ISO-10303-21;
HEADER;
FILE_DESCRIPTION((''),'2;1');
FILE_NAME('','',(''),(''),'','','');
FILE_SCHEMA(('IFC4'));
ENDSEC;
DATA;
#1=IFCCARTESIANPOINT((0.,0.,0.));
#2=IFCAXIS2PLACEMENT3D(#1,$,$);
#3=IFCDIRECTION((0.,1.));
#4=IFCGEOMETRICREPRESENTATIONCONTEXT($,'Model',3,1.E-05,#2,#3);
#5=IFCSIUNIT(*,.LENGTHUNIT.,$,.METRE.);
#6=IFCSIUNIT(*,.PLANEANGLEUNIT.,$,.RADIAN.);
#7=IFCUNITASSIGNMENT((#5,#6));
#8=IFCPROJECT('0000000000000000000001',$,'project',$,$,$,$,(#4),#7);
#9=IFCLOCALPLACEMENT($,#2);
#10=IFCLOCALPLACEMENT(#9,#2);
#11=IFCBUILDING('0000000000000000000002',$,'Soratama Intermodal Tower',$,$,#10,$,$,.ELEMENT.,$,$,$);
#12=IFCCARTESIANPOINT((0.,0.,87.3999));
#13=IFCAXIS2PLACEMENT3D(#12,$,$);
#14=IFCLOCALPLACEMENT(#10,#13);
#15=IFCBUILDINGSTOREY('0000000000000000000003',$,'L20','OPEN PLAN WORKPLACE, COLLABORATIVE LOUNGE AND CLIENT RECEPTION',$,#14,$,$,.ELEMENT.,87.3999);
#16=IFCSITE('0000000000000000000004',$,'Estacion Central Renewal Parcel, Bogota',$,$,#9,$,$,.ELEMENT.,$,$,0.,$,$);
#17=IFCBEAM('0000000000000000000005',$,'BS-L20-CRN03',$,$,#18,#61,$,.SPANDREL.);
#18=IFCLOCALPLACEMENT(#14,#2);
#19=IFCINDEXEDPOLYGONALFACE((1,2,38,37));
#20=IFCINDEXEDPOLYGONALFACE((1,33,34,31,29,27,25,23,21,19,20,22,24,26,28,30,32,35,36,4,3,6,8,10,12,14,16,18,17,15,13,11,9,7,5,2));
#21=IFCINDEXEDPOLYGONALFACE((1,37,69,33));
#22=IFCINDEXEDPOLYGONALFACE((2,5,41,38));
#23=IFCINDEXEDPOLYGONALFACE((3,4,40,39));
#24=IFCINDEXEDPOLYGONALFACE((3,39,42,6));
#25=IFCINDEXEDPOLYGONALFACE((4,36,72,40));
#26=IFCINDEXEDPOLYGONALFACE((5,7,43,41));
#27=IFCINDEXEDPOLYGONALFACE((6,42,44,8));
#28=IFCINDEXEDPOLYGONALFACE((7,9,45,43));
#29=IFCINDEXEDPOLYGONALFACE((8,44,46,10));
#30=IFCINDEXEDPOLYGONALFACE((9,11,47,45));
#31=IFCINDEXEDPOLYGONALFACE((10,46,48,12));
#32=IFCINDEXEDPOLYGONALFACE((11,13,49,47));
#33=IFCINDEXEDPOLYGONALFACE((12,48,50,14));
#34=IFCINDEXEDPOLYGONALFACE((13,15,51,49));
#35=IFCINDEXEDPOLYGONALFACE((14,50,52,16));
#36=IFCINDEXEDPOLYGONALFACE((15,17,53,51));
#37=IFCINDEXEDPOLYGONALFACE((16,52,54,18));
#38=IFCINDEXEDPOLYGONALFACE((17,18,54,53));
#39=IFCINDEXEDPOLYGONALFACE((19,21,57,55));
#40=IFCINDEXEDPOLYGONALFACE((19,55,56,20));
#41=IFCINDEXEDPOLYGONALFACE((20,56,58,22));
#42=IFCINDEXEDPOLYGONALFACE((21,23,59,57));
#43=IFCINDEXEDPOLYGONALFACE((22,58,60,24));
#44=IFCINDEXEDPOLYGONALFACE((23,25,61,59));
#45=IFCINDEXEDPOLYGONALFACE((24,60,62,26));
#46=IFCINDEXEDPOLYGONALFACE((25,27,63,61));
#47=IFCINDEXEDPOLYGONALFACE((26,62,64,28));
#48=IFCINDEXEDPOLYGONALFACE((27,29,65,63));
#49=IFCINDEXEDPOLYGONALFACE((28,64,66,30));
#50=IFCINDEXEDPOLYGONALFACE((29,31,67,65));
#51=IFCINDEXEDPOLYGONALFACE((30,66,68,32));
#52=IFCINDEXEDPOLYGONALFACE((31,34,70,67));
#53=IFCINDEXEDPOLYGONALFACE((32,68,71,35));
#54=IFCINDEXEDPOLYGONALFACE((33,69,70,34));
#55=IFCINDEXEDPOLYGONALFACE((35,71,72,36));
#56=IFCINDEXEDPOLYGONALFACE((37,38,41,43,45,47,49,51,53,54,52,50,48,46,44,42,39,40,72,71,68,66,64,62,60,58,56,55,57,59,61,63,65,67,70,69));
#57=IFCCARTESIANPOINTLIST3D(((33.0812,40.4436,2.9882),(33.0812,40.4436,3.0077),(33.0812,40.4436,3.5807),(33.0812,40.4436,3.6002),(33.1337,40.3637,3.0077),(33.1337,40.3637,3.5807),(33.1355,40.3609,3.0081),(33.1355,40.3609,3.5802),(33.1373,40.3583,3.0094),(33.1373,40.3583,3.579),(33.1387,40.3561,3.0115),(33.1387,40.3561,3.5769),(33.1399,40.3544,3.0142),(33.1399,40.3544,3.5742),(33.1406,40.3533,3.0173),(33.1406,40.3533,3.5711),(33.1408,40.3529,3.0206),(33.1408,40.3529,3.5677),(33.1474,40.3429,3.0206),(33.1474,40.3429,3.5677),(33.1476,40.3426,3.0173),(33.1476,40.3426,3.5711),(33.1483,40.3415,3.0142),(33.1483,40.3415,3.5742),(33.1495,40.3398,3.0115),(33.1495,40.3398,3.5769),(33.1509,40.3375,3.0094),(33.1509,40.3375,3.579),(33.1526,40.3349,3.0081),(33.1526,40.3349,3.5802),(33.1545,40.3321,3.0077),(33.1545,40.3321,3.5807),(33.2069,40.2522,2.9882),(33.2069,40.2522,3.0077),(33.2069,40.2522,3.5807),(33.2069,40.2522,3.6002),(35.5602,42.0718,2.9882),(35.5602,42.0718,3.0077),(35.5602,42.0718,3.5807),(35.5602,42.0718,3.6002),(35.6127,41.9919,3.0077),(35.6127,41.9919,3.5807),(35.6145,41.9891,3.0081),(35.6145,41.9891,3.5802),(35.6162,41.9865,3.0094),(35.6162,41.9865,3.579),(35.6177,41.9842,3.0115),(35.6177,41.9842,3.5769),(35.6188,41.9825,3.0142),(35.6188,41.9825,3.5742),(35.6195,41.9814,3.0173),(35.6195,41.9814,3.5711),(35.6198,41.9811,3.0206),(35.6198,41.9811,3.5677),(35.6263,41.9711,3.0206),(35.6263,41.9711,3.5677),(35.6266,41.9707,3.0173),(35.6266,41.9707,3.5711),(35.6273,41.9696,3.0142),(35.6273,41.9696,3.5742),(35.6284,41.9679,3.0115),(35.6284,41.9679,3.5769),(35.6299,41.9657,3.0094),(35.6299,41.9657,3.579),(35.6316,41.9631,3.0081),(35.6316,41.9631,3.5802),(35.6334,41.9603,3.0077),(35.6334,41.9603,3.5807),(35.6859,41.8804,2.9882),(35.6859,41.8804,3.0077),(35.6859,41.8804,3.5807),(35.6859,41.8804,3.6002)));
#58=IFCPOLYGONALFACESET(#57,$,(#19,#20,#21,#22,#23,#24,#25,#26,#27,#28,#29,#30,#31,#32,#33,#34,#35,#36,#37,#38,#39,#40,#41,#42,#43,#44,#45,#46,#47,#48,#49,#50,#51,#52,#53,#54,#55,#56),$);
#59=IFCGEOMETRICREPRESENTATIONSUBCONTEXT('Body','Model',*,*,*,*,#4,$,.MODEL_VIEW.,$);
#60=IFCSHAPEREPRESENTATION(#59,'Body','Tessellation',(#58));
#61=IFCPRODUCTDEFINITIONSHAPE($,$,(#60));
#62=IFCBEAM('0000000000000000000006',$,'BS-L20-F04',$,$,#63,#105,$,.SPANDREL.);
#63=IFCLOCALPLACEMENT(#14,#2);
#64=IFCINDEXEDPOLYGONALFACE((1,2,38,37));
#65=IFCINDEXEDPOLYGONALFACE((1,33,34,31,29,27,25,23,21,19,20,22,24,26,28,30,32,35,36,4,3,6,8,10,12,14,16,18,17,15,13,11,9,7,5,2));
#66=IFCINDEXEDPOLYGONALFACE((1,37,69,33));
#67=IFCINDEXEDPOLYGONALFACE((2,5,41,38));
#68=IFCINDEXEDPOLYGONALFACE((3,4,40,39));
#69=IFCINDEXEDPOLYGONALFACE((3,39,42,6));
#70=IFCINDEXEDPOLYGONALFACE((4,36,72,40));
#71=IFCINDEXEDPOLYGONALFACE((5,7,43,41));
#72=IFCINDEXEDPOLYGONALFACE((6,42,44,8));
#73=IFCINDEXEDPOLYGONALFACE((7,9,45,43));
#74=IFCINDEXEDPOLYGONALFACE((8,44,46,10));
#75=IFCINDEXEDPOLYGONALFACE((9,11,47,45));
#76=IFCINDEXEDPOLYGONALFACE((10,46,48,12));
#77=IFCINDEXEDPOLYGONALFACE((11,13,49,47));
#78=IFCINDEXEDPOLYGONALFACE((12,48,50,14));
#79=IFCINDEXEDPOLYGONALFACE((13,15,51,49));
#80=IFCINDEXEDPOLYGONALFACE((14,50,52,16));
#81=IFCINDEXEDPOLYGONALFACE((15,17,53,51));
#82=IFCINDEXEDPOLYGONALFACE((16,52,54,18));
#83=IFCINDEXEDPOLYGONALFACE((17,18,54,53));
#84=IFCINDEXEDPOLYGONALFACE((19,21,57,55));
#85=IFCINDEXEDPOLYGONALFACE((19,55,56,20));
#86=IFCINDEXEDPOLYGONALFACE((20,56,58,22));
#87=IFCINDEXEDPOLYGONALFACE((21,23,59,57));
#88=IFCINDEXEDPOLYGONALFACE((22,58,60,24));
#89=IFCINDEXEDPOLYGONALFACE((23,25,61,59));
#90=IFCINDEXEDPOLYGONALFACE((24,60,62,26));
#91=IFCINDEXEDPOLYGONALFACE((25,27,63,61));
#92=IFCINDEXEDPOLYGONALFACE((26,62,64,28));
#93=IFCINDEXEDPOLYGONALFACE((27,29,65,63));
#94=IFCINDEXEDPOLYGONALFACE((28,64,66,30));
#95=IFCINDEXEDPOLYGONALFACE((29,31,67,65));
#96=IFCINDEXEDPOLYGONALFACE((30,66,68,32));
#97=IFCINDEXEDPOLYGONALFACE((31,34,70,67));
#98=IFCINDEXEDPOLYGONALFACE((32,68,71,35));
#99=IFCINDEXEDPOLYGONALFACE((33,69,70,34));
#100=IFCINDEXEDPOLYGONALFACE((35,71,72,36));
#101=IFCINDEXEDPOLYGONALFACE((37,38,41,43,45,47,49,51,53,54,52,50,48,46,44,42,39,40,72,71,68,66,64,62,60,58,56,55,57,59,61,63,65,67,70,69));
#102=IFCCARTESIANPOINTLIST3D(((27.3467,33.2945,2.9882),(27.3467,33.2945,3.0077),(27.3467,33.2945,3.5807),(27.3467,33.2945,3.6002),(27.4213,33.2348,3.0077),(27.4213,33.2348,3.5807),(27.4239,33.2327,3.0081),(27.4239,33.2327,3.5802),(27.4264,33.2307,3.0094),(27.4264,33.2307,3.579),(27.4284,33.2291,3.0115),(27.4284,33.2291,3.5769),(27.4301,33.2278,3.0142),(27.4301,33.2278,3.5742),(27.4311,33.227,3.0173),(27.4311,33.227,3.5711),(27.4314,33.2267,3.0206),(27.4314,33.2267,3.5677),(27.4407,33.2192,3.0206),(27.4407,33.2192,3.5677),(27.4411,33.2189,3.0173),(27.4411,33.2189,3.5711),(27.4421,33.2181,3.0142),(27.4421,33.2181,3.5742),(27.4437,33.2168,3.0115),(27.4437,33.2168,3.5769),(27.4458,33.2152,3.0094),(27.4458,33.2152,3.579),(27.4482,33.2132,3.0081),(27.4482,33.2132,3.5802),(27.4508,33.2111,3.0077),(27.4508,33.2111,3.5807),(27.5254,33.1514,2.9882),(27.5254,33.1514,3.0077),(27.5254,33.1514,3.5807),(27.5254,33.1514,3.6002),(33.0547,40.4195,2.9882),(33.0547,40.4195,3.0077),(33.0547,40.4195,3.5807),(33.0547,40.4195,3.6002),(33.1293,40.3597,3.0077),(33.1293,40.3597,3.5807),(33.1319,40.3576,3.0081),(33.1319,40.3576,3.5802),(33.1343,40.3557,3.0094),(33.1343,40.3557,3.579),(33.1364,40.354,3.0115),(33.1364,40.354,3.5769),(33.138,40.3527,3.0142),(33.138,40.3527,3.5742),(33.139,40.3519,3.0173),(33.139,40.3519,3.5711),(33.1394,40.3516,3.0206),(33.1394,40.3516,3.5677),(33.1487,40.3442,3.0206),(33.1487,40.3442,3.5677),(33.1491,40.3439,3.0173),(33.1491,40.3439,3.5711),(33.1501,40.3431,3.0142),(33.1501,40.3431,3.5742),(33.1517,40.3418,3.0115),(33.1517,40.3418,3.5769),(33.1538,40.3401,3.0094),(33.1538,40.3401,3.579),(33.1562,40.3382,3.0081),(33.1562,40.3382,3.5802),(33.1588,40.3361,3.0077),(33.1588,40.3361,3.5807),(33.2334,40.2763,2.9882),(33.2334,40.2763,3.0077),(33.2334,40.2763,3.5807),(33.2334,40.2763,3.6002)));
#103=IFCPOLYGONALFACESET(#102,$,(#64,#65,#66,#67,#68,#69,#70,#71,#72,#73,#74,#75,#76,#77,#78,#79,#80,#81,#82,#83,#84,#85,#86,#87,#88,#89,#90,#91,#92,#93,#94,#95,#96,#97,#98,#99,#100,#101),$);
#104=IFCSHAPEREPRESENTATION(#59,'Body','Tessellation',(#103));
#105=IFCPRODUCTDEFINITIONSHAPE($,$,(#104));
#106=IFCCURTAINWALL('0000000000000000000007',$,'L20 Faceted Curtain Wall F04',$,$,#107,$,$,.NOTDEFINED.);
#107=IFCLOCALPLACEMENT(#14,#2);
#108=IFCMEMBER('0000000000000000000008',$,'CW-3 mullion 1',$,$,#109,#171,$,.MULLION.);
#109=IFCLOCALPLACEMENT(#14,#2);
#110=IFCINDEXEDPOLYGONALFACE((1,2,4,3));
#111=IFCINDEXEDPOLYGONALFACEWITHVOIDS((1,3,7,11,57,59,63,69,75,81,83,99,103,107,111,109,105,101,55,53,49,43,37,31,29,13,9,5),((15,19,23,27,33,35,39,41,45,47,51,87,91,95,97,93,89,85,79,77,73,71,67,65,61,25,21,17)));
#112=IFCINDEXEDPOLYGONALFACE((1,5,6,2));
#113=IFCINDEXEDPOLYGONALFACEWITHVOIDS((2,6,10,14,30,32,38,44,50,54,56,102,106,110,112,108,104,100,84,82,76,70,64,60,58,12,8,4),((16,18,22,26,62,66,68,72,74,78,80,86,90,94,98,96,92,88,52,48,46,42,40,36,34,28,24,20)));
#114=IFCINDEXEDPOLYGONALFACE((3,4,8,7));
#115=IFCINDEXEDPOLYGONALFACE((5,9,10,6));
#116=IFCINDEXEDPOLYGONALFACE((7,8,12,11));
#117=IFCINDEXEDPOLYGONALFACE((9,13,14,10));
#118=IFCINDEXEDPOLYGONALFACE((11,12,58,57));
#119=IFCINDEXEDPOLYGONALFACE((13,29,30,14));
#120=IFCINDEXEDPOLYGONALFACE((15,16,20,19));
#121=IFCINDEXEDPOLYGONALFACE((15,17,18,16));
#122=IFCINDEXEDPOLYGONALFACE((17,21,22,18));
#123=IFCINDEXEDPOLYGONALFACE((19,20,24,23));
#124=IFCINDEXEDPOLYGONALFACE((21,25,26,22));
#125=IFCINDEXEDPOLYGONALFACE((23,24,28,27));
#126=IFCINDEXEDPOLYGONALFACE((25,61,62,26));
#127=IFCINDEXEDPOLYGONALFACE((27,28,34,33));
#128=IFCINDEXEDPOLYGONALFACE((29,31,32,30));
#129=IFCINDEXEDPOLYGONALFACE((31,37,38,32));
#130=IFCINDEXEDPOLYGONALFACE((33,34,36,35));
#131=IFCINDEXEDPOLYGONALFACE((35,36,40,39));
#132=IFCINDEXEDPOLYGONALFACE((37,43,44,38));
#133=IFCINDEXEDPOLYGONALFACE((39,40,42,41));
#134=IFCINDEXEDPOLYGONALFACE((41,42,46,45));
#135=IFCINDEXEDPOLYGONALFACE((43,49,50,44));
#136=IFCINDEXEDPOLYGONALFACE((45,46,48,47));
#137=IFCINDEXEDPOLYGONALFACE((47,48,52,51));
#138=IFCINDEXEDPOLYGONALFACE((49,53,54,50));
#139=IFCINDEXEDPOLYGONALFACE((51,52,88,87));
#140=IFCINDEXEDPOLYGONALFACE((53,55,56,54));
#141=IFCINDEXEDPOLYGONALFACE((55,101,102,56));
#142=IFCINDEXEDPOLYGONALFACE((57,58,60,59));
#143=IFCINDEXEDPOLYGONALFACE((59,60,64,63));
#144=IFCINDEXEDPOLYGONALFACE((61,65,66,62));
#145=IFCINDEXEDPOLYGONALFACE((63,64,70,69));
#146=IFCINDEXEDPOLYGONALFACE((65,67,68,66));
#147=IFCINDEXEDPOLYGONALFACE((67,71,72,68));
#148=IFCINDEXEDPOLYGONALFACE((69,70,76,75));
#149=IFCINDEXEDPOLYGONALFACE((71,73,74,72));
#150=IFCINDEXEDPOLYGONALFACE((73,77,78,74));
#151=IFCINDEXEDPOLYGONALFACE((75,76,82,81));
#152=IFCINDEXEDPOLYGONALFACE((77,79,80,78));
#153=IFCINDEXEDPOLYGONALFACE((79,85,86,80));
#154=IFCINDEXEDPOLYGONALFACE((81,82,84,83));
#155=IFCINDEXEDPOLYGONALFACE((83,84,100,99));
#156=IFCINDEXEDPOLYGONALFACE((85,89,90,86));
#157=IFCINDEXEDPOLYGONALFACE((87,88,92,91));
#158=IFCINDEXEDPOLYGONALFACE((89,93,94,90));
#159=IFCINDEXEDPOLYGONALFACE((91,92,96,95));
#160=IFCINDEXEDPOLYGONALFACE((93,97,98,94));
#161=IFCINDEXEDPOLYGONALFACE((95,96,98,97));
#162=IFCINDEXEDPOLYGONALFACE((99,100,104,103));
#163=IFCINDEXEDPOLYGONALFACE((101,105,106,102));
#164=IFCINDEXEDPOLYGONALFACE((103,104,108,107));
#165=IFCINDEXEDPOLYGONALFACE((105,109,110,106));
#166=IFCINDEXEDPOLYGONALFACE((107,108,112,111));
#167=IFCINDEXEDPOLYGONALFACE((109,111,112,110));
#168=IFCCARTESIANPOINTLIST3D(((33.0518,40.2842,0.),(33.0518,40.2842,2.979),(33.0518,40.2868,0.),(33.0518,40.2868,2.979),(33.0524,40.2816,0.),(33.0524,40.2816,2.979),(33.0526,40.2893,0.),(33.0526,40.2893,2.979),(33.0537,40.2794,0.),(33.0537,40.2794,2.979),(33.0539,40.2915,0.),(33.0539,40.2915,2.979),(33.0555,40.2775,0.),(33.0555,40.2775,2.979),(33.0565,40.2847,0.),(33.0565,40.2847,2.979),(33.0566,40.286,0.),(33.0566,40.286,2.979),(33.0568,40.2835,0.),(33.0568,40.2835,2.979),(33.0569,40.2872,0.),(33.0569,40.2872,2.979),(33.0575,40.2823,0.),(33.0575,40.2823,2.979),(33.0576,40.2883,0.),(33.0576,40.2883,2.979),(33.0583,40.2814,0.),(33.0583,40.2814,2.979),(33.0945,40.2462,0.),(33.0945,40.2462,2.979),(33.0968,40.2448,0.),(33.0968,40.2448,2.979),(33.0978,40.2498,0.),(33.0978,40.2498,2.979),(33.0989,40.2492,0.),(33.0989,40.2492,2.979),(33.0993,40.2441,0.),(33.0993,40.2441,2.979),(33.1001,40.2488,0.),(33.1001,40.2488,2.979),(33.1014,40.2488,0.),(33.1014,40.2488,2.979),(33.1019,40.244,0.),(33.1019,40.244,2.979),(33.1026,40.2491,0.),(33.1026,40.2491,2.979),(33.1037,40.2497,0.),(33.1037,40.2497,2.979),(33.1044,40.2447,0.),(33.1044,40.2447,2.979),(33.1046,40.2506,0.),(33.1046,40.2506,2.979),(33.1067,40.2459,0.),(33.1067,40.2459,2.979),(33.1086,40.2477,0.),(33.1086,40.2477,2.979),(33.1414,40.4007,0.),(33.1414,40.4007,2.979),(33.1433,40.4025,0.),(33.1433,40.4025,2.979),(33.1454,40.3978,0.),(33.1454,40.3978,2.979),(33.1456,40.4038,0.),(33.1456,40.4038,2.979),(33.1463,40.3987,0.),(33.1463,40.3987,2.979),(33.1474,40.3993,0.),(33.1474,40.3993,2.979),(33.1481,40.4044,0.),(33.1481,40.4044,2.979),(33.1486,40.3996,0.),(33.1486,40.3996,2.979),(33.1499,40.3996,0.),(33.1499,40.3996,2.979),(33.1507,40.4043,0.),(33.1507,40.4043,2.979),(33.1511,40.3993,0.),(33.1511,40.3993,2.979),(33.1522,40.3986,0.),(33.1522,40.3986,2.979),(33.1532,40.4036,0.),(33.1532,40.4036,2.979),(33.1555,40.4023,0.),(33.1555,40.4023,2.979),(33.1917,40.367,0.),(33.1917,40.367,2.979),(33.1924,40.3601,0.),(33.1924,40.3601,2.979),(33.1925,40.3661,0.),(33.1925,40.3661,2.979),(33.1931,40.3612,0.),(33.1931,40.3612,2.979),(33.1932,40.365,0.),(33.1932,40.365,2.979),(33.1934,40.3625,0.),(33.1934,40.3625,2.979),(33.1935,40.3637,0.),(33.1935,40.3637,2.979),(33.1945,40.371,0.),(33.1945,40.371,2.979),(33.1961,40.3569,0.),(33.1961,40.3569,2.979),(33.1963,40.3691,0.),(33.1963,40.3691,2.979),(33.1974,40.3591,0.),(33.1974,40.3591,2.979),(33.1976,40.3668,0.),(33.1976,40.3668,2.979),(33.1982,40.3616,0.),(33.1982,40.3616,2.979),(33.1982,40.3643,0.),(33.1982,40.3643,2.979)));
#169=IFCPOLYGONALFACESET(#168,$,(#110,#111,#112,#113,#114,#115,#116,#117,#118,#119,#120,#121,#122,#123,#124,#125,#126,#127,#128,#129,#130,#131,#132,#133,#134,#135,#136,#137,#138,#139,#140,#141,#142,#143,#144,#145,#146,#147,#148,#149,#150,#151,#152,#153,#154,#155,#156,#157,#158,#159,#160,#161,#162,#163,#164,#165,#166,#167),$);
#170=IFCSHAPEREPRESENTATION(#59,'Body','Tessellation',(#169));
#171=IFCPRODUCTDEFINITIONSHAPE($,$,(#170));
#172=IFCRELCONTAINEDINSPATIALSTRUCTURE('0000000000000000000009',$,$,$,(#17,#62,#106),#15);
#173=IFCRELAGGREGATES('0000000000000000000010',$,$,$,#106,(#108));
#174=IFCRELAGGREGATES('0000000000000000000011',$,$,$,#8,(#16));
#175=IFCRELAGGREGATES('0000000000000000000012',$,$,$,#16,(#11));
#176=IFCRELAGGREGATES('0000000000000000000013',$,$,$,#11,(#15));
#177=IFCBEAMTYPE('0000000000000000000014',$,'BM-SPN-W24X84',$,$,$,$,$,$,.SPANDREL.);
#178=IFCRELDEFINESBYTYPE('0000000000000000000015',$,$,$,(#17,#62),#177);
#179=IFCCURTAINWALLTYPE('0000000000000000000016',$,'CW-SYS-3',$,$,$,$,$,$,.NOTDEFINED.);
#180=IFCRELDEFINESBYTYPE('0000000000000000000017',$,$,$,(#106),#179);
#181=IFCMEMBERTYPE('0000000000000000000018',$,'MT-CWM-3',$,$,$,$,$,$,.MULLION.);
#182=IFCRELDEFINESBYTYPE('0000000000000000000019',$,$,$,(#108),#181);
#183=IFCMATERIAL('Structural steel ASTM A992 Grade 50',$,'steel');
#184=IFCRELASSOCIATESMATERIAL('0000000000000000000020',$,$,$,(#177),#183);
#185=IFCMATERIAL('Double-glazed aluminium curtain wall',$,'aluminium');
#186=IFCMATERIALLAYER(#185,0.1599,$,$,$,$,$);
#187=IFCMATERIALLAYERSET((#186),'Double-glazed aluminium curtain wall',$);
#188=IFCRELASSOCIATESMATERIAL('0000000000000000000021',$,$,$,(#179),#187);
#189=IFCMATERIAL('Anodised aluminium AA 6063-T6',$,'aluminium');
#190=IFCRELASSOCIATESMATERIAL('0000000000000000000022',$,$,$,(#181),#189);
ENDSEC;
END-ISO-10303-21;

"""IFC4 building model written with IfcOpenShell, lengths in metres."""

from ifc_helpers import new_model, si_unit, direction, frame, origin, origin_2d, place, context, subcontext, project, spatial, hollow_rectangle, i_section, extrude, material, layer, layer_set, material_profile, profile_set, type_object, element, aggregate, save


model = new_model("IFC4")

# Units and contexts
model_context = context("Model", 3, precision=1e-05, world=origin(), true_north=direction((0.0, 1.0)))
body_context = subcontext(model_context, "Body", "Model", "MODEL_VIEW")
ifc_project = project(units=[si_unit("LENGTHUNIT", "METRE"), si_unit("PLANEANGLEUNIT", "RADIAN")], contexts=[model_context])

# Site, building, storey
site_placement = place(None, origin())
site = spatial("IfcSite", under=ifc_project, at=site_placement, Name="Estacion Central Renewal Parcel, Bogota", CompositionType="ELEMENT", RefElevation=0.0)
building_placement = place(site_placement, origin())
building = spatial("IfcBuilding", under=site, at=building_placement, Name="Soratama Intermodal Tower", CompositionType="ELEMENT")
storey_placement = place(building_placement, frame((0.0, 0.0, 87.3999)))
storey = spatial("IfcBuildingStorey", under=building, at=storey_placement, Name="L20", Description="OPEN PLAN WORKPLACE, COLLABORATIVE LOUNGE AND CLIENT RECEPTION", CompositionType="ELEMENT", Elevation=87.3999)

# Beams
ifc_material_1 = material(Name="Structural steel ASTM A992 Grade 50", Category="steel")
ifc_material_profile_1 = material_profile(ifc_material_1, i_section(OverallWidth=0.229, OverallDepth=0.6121, WebThickness=0.012, FlangeThickness=0.0195, FilletRadius=0.0129, at=origin_2d()), Name="W24X84")
ifc_profile_set_1 = profile_set([ifc_material_profile_1], Name="Structural steel ASTM A992 Grade 50")
beam_type_1 = type_object("IfcBeamType", Name="BM-SPN-W24X84", PredefinedType="SPANDREL", material=ifc_profile_set_1)
beam_1_placement = place(storey_placement, frame((35.623, 41.9761, 3.2942), z_axis=(-0.835843, -0.548969, 0.0), x_axis=(0.548969, -0.835843, 0.0)))
element("IfcBeam", 1, at=beam_1_placement, inside=storey, type_object=beam_type_1, Name="BS-L20-CRN03", PredefinedType="SPANDREL", context=body_context, shape_type="SweptSolid", body=[
    extrude(i_section(OverallWidth=0.229, OverallDepth=0.6121, WebThickness=0.012, FlangeThickness=0.0195, FilletRadius=0.0129, at=origin_2d()), origin(), (0.0, 0.0, 1.0), 2.9658),
])
beam_2_placement = place(storey_placement, frame((33.144, 40.3479, 3.2942), z_axis=(-0.62523, -0.780441, 0.0), x_axis=(0.780441, -0.62523, 0.0)))
element("IfcBeam", 2, at=beam_2_placement, inside=storey, type_object=beam_type_1, Name="BS-L20-F04", PredefinedType="SPANDREL", context=body_context, shape_type="SweptSolid", body=[
    extrude(i_section(OverallWidth=0.229, OverallDepth=0.6121, WebThickness=0.012, FlangeThickness=0.0195, FilletRadius=0.0129, at=origin_2d()), origin(), (0.0, 0.0, 1.0), 9.1294),
])

# Curtain wall, member
ifc_material_2 = material(Name="Double-glazed aluminium curtain wall", Category="aluminium")
ifc_layer_1 = layer(ifc_material_2, 0.1599)
ifc_layer_set_1 = layer_set([ifc_layer_1], Name="Double-glazed aluminium curtain wall")
curtain_wall_type = type_object("IfcCurtainWallType", Name="CW-SYS-3", PredefinedType="NOTDEFINED", material=ifc_layer_set_1)
curtain_wall_placement = place(storey_placement, origin())
curtain_wall = element("IfcCurtainWall", 3, at=curtain_wall_placement, inside=storey, type_object=curtain_wall_type, Name="L20 Faceted Curtain Wall F04", PredefinedType="NOTDEFINED")
ifc_material_3 = material(Name="Anodised aluminium AA 6063-T6", Category="aluminium")
ifc_material_profile_2 = material_profile(ifc_material_3, hollow_rectangle(XDim=0.0701, YDim=0.1599, WallThickness=0.0049, InnerFilletRadius=0.0049, OuterFilletRadius=0.01, at=origin_2d()), Name="CWM160X70X5")
ifc_profile_set_2 = profile_set([ifc_material_profile_2], Name="Anodised aluminium AA 6063-T6")
member_type_1 = type_object("IfcMemberType", Name="MT-CWM-3", PredefinedType="MULLION", material=ifc_profile_set_2)
member_1_placement = place(storey_placement, frame((33.125, 40.3242, 0.0), z_axis=(0.0, 0.0, 1.0), x_axis=(0.780432, -0.625241, 0.0)))
member_1 = element("IfcMember", 4, at=member_1_placement, type_object=member_type_1, Name="CW-3 mullion 1", PredefinedType="MULLION", context=body_context, shape_type="SweptSolid", body=[
    extrude(hollow_rectangle(XDim=0.0701, YDim=0.1599, WallThickness=0.0049, InnerFilletRadius=0.0049, OuterFilletRadius=0.01, at=origin_2d()), origin(), (0.0, 0.0, 1.0), 2.979),
])
aggregate(curtain_wall, [member_1])

save(model, "model.ifc")
